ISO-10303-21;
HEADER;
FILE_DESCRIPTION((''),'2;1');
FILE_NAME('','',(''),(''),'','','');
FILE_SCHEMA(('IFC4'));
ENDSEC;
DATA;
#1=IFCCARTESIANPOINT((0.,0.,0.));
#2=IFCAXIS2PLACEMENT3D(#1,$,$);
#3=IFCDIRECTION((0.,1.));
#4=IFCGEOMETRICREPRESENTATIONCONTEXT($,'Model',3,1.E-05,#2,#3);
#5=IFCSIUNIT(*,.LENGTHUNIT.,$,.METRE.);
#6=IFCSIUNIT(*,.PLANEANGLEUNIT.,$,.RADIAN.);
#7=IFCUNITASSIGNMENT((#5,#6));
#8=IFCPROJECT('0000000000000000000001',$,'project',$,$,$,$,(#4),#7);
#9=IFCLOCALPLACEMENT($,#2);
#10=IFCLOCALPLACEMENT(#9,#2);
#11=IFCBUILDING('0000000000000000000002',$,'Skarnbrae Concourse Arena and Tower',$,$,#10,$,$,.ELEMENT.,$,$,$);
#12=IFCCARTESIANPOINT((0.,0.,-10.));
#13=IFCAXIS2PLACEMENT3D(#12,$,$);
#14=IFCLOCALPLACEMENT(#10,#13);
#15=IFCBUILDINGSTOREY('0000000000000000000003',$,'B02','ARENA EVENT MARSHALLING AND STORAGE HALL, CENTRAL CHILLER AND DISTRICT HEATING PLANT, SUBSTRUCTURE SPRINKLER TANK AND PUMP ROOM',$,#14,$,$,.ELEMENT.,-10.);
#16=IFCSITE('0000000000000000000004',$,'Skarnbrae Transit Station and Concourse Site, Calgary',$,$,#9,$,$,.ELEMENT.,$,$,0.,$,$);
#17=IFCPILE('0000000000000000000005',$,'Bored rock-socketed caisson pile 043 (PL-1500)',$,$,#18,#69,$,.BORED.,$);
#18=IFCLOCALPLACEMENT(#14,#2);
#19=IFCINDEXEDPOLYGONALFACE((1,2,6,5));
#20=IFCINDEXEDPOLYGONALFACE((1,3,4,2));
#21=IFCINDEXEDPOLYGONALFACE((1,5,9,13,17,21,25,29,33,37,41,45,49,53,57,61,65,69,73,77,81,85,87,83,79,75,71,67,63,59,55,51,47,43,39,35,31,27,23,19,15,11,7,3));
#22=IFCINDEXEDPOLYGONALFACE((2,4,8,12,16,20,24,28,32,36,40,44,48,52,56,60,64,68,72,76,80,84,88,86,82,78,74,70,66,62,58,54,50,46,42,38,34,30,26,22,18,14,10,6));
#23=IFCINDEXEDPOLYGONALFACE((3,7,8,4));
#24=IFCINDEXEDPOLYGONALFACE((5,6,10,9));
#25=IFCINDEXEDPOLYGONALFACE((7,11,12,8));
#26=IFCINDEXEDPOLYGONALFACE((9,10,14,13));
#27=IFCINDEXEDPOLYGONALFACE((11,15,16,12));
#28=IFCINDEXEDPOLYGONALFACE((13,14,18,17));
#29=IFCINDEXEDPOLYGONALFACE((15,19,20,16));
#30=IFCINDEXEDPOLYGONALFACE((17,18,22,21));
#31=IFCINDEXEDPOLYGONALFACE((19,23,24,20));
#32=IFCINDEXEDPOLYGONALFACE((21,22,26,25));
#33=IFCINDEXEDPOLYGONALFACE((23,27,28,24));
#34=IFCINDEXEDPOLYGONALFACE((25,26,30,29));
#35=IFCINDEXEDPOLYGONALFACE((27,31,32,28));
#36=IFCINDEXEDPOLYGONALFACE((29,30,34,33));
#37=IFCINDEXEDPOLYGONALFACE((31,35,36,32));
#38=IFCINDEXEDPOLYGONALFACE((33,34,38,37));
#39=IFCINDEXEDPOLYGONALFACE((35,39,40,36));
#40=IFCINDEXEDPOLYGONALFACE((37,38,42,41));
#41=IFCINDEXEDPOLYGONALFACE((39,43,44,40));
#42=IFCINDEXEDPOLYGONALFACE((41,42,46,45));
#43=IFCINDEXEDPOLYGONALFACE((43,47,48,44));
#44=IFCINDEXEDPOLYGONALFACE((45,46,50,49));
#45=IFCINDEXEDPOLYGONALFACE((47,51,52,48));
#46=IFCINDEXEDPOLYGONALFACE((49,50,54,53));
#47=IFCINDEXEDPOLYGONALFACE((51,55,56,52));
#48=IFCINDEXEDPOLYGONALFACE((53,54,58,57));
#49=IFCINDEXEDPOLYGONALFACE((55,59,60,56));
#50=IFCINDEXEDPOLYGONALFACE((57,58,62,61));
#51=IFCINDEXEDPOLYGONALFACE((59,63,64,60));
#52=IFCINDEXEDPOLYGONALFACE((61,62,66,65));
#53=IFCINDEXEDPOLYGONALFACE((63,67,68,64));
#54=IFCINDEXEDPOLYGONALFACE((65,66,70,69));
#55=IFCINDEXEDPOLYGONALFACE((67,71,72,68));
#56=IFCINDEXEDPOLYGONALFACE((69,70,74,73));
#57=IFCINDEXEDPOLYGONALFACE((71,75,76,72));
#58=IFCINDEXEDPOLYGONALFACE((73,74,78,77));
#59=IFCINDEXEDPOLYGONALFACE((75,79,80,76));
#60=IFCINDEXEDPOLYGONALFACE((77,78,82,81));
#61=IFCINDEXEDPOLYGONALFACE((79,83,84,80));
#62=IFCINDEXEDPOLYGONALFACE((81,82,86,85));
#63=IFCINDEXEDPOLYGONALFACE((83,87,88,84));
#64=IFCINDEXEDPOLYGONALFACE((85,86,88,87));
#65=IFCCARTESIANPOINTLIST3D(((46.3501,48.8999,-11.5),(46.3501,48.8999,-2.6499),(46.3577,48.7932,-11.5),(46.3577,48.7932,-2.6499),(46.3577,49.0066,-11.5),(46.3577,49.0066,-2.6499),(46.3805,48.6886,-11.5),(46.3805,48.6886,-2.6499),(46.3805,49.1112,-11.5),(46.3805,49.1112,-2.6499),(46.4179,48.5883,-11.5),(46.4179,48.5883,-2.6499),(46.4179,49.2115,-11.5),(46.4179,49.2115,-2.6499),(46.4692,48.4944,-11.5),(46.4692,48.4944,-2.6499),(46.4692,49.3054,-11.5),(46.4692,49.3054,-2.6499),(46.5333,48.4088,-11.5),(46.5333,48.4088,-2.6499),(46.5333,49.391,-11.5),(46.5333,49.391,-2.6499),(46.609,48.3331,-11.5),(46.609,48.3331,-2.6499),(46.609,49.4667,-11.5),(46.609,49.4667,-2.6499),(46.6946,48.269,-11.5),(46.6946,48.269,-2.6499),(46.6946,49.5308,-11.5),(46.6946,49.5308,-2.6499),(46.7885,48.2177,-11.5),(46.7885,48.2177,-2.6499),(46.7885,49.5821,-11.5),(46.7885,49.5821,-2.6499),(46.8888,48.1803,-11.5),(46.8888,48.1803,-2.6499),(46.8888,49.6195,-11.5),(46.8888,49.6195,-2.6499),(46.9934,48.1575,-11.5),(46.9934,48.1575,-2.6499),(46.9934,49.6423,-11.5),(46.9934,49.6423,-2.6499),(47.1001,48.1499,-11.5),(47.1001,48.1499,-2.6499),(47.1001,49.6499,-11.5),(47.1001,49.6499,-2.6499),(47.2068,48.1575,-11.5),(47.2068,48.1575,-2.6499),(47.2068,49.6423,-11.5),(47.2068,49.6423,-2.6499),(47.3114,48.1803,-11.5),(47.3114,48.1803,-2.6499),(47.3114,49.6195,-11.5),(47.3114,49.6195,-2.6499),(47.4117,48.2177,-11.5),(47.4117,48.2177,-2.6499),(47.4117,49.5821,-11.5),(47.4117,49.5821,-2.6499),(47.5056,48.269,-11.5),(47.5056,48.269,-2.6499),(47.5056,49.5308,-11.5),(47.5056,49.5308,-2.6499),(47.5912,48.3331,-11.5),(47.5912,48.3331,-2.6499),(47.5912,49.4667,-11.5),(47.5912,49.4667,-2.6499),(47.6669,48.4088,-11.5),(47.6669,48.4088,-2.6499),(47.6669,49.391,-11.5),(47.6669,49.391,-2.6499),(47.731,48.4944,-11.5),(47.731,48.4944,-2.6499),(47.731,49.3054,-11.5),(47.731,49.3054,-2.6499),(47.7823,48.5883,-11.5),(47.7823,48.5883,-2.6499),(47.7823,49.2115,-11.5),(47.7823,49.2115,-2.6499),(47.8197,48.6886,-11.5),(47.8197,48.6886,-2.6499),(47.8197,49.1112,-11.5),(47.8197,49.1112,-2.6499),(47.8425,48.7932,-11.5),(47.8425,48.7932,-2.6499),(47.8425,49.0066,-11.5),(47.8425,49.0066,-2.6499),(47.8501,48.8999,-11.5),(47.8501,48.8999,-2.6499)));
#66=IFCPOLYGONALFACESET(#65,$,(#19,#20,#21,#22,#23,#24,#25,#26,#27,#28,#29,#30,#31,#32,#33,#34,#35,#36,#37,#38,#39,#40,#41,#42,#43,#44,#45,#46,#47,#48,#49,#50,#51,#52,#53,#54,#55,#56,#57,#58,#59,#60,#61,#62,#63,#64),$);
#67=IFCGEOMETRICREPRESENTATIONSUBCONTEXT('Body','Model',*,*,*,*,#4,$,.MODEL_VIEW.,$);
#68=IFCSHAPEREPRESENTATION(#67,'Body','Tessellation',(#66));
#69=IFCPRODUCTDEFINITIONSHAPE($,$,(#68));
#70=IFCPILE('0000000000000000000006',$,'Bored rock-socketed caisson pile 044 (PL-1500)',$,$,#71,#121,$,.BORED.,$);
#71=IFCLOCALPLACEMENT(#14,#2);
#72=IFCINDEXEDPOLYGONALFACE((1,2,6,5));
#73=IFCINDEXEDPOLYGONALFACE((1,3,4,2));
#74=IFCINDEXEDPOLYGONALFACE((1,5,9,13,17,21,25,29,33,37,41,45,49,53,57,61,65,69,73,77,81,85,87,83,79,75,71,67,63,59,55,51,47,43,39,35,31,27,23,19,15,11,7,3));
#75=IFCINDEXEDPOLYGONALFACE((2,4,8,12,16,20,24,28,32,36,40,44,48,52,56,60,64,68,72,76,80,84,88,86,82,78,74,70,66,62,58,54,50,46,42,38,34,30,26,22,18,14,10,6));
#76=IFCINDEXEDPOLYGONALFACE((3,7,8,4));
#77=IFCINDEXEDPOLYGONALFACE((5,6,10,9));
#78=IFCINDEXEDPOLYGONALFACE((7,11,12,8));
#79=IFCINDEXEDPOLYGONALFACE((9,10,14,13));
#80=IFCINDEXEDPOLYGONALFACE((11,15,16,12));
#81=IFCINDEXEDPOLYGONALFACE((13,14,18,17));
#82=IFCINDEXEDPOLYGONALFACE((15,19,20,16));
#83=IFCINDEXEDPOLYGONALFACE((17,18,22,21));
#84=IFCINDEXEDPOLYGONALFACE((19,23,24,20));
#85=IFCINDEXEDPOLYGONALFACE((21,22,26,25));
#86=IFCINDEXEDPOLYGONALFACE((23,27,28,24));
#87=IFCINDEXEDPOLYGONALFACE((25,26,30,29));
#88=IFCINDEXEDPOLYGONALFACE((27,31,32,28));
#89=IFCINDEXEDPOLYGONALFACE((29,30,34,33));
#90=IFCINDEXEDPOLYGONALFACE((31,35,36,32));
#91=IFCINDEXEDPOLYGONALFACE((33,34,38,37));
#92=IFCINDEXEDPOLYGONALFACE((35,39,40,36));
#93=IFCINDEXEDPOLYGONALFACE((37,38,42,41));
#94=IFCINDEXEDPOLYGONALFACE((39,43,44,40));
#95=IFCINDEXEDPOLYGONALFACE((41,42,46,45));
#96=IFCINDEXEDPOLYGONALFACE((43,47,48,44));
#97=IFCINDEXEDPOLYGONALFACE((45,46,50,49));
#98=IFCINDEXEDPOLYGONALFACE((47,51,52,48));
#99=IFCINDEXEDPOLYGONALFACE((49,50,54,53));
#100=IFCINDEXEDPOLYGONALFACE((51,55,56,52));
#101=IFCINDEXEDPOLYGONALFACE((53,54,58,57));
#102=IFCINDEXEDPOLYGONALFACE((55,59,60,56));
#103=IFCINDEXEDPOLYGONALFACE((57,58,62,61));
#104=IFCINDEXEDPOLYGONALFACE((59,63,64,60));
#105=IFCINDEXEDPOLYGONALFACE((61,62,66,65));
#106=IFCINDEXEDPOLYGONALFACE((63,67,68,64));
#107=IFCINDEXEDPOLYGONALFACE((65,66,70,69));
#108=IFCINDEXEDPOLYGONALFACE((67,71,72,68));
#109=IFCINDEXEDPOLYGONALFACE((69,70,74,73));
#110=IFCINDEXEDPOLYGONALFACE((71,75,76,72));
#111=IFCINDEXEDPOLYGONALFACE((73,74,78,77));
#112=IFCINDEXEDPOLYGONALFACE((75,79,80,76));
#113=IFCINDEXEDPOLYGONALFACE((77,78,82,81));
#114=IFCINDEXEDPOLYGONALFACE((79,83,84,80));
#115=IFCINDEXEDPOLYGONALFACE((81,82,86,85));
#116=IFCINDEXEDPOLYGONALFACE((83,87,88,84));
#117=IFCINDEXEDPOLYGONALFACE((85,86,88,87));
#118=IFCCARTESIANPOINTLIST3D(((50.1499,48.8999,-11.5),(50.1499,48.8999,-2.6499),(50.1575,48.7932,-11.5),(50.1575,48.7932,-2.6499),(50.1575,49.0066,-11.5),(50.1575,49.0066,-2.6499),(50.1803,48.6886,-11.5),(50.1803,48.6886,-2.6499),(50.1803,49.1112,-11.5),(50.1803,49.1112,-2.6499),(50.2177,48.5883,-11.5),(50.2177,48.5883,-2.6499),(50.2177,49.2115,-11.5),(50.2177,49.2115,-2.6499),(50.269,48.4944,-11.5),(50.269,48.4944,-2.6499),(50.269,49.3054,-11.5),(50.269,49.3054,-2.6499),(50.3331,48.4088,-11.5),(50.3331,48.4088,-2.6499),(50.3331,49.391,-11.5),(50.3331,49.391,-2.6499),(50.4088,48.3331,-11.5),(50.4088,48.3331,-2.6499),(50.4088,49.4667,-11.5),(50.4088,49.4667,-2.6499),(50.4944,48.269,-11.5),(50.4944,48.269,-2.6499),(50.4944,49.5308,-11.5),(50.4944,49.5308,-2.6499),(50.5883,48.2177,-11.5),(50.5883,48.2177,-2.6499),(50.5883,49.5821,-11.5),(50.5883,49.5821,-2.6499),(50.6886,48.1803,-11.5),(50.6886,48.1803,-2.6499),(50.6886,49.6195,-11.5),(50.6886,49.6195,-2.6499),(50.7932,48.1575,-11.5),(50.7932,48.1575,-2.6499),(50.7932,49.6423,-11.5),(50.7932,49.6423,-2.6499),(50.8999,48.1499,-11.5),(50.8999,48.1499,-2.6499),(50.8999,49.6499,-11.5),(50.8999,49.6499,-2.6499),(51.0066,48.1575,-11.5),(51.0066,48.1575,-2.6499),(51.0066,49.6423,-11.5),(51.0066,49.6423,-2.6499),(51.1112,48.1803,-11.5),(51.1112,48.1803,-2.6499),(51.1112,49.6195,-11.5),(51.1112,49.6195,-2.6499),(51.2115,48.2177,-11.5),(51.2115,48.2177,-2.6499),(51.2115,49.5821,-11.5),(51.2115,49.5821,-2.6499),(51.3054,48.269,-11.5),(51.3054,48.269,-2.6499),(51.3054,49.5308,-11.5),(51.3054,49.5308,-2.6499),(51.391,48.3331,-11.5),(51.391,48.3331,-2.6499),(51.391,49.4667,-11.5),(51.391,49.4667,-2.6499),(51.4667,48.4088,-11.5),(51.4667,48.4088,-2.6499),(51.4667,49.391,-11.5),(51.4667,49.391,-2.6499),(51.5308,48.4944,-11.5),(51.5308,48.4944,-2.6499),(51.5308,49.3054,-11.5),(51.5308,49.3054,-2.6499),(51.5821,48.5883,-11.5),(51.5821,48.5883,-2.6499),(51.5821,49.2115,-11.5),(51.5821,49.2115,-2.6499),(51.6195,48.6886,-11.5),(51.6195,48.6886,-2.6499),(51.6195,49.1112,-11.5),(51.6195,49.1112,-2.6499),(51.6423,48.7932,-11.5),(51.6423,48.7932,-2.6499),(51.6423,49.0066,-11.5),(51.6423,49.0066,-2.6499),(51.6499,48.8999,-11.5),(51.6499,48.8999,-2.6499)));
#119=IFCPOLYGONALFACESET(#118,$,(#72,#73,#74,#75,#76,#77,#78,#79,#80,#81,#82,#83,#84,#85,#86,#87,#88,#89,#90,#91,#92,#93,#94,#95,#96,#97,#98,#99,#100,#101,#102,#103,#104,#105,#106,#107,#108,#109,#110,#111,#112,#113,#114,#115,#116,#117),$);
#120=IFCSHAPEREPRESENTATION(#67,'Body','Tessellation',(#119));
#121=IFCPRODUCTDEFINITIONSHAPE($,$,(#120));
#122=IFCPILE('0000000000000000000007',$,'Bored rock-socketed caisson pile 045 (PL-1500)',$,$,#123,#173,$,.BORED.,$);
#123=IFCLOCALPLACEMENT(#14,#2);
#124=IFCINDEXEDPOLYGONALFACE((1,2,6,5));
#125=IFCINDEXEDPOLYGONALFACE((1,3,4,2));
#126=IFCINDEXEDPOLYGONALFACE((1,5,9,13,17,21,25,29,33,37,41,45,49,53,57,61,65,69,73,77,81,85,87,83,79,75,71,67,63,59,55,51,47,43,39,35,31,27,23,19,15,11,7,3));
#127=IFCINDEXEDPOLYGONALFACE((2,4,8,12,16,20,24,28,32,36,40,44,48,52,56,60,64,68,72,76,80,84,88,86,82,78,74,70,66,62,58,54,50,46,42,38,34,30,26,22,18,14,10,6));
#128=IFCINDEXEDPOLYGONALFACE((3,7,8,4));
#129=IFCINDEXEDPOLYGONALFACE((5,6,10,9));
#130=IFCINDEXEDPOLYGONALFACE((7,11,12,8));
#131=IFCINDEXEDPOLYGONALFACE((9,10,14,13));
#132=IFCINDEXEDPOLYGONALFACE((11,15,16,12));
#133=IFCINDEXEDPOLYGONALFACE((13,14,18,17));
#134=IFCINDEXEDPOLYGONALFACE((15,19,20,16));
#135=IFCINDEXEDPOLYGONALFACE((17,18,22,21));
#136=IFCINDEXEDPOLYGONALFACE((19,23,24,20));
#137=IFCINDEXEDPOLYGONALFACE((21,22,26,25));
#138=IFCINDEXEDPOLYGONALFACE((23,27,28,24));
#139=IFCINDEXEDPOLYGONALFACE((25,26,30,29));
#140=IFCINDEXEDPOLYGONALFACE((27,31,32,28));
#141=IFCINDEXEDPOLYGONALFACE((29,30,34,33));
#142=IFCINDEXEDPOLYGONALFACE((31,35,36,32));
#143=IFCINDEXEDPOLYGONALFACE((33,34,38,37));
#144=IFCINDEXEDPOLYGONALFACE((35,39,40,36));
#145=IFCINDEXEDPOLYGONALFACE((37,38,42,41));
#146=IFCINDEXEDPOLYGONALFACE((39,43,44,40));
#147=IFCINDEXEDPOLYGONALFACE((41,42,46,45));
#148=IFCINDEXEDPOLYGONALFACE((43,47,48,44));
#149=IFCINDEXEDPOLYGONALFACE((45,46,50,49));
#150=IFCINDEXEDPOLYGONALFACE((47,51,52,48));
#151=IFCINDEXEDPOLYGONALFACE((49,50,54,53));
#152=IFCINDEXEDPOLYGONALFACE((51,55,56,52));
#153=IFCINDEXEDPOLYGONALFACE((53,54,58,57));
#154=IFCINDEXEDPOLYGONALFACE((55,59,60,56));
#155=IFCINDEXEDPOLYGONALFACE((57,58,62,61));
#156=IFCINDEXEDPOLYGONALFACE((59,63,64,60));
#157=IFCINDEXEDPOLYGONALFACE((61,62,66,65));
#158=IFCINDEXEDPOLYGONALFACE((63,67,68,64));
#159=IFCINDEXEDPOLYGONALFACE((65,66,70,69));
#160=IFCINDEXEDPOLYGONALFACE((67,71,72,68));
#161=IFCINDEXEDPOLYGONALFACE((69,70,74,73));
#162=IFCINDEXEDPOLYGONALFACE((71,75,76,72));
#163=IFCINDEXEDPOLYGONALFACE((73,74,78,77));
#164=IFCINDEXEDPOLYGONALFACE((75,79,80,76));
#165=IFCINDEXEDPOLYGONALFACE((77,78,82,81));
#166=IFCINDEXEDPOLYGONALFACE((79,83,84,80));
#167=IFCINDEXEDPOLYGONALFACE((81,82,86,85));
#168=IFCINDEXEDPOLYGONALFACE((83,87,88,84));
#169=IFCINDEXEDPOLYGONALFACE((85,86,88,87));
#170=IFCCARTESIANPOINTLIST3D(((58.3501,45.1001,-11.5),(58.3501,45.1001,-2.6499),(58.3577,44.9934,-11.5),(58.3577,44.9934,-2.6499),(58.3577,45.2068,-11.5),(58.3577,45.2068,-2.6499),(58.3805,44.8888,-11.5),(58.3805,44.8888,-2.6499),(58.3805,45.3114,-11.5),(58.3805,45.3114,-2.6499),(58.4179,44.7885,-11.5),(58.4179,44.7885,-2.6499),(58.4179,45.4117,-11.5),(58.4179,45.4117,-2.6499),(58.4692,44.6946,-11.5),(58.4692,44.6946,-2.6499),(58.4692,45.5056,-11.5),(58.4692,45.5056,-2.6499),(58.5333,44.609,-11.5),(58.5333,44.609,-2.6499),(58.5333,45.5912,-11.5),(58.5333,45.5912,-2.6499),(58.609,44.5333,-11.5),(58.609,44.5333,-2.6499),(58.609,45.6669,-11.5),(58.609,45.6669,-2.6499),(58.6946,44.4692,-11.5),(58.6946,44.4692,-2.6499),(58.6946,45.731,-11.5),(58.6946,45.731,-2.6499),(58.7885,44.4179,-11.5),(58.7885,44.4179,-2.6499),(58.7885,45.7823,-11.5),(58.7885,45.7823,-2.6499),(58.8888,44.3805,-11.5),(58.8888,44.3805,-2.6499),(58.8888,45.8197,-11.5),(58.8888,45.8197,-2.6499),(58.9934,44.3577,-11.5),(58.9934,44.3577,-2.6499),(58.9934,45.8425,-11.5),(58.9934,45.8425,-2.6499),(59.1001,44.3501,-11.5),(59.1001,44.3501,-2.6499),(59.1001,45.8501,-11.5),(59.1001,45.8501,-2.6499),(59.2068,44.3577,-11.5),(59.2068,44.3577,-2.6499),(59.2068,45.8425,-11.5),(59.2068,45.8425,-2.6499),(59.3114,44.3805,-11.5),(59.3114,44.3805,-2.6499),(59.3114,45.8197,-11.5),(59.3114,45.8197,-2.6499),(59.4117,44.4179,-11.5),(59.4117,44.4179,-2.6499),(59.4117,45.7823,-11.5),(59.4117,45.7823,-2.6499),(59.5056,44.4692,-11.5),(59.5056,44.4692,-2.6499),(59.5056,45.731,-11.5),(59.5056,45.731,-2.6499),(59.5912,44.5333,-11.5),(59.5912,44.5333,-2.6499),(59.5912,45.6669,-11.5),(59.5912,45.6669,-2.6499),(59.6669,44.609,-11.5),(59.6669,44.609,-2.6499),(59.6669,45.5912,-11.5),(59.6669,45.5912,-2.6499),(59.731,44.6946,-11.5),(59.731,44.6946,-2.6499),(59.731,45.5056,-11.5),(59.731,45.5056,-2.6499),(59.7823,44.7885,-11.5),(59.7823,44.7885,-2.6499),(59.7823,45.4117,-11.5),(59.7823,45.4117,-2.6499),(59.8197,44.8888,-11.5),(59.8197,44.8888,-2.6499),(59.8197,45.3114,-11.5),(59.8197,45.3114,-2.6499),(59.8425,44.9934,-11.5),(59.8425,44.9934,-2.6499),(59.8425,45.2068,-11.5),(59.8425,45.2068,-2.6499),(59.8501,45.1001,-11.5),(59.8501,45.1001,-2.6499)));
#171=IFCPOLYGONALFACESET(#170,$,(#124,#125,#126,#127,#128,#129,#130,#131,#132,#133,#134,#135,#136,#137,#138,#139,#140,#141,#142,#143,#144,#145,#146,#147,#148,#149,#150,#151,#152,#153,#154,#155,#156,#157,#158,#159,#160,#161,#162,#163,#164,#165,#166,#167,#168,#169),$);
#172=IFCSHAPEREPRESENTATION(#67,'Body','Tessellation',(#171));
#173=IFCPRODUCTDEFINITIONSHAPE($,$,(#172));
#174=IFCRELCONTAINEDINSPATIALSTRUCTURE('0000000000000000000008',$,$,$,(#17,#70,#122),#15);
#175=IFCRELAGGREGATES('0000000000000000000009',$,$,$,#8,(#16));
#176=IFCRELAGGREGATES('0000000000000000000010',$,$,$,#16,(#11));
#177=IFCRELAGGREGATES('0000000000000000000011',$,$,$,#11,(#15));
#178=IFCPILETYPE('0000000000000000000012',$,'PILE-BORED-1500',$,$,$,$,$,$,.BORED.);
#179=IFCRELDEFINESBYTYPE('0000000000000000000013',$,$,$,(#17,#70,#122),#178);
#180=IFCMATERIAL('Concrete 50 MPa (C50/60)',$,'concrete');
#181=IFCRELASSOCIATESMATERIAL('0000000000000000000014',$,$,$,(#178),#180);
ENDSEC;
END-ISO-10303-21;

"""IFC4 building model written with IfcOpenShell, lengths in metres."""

from ifc_helpers import new_model, si_unit, direction, frame, origin, origin_2d, place, context, subcontext, project, spatial, circle, extrude, source, transform, mapped, material, material_profile, profile_set, type_object, element, save


model = new_model("IFC4")

# Units and contexts
model_context = context("Model", 3, precision=1e-05, world=origin(), true_north=direction((0.0, 1.0)))
body_context = subcontext(model_context, "Body", "Model", "MODEL_VIEW")
ifc_project = project(units=[si_unit("LENGTHUNIT", "METRE"), si_unit("PLANEANGLEUNIT", "RADIAN")], contexts=[model_context])

# Site, building, storey
site_placement = place(None, origin())
site = spatial("IfcSite", under=ifc_project, at=site_placement, Name="Skarnbrae Transit Station and Concourse Site, Calgary", CompositionType="ELEMENT", RefElevation=0.0)
building_placement = place(site_placement, origin())
building = spatial("IfcBuilding", under=site, at=building_placement, Name="Skarnbrae Concourse Arena and Tower", CompositionType="ELEMENT")
storey_placement = place(building_placement, frame((0.0, 0.0, -10.0)))
storey = spatial("IfcBuildingStorey", under=building, at=storey_placement, Name="B02", Description="ARENA EVENT MARSHALLING AND STORAGE HALL, CENTRAL CHILLER AND DISTRICT HEATING PLANT, SUBSTRUCTURE SPRINKLER TANK AND PUMP ROOM", CompositionType="ELEMENT", Elevation=-10.0)

# Piles
ifc_material_1 = material(Name="Concrete 50 MPa (C50/60)", Category="concrete")
ifc_material_profile_1 = material_profile(ifc_material_1, circle(Radius=0.75, at=origin_2d()), Name="CAISSON-1500")
ifc_profile_set_1 = profile_set([ifc_material_profile_1], Name="Concrete 50 MPa (C50/60)")
pile_type_1 = type_object("IfcPileType", Name="PILE-BORED-1500", PredefinedType="BORED", material=ifc_profile_set_1)
shared_shape_1 = source(origin(), body_context, "Body", "SweptSolid", [
    extrude(circle(Radius=0.75, at=origin_2d()), origin(), (0.0, 0.0, 1.0), 8.8501),
])
for number, where, z_axis, x_axis, name in (
    (1, (47.1001, 48.8999, -2.6499), (0.0, 0.0, -1.0), (1.0, 0.0, 0.0), "Bored rock-socketed caisson pile 043 (PL-1500)"),
    (2, (50.8999, 48.8999, -2.6499), (0.0, 0.0, -1.0), (1.0, 0.0, 0.0), "Bored rock-socketed caisson pile 044 (PL-1500)"),
    (3, (59.1001, 45.1001, -2.6499), (0.0, 0.0, -1.0), (1.0, 0.0, 0.0), "Bored rock-socketed caisson pile 045 (PL-1500)"),
):
    element("IfcPile", number, at=place(storey_placement, frame(where, z_axis=z_axis, x_axis=x_axis)), inside=storey, type_object=pile_type_1, Name=name, PredefinedType="BORED", context=body_context, shape_type="MappedRepresentation", body=[
        mapped(shared_shape_1, transform((0.0, 0.0, 0.0))),
    ])

save(model, "model.ifc")
